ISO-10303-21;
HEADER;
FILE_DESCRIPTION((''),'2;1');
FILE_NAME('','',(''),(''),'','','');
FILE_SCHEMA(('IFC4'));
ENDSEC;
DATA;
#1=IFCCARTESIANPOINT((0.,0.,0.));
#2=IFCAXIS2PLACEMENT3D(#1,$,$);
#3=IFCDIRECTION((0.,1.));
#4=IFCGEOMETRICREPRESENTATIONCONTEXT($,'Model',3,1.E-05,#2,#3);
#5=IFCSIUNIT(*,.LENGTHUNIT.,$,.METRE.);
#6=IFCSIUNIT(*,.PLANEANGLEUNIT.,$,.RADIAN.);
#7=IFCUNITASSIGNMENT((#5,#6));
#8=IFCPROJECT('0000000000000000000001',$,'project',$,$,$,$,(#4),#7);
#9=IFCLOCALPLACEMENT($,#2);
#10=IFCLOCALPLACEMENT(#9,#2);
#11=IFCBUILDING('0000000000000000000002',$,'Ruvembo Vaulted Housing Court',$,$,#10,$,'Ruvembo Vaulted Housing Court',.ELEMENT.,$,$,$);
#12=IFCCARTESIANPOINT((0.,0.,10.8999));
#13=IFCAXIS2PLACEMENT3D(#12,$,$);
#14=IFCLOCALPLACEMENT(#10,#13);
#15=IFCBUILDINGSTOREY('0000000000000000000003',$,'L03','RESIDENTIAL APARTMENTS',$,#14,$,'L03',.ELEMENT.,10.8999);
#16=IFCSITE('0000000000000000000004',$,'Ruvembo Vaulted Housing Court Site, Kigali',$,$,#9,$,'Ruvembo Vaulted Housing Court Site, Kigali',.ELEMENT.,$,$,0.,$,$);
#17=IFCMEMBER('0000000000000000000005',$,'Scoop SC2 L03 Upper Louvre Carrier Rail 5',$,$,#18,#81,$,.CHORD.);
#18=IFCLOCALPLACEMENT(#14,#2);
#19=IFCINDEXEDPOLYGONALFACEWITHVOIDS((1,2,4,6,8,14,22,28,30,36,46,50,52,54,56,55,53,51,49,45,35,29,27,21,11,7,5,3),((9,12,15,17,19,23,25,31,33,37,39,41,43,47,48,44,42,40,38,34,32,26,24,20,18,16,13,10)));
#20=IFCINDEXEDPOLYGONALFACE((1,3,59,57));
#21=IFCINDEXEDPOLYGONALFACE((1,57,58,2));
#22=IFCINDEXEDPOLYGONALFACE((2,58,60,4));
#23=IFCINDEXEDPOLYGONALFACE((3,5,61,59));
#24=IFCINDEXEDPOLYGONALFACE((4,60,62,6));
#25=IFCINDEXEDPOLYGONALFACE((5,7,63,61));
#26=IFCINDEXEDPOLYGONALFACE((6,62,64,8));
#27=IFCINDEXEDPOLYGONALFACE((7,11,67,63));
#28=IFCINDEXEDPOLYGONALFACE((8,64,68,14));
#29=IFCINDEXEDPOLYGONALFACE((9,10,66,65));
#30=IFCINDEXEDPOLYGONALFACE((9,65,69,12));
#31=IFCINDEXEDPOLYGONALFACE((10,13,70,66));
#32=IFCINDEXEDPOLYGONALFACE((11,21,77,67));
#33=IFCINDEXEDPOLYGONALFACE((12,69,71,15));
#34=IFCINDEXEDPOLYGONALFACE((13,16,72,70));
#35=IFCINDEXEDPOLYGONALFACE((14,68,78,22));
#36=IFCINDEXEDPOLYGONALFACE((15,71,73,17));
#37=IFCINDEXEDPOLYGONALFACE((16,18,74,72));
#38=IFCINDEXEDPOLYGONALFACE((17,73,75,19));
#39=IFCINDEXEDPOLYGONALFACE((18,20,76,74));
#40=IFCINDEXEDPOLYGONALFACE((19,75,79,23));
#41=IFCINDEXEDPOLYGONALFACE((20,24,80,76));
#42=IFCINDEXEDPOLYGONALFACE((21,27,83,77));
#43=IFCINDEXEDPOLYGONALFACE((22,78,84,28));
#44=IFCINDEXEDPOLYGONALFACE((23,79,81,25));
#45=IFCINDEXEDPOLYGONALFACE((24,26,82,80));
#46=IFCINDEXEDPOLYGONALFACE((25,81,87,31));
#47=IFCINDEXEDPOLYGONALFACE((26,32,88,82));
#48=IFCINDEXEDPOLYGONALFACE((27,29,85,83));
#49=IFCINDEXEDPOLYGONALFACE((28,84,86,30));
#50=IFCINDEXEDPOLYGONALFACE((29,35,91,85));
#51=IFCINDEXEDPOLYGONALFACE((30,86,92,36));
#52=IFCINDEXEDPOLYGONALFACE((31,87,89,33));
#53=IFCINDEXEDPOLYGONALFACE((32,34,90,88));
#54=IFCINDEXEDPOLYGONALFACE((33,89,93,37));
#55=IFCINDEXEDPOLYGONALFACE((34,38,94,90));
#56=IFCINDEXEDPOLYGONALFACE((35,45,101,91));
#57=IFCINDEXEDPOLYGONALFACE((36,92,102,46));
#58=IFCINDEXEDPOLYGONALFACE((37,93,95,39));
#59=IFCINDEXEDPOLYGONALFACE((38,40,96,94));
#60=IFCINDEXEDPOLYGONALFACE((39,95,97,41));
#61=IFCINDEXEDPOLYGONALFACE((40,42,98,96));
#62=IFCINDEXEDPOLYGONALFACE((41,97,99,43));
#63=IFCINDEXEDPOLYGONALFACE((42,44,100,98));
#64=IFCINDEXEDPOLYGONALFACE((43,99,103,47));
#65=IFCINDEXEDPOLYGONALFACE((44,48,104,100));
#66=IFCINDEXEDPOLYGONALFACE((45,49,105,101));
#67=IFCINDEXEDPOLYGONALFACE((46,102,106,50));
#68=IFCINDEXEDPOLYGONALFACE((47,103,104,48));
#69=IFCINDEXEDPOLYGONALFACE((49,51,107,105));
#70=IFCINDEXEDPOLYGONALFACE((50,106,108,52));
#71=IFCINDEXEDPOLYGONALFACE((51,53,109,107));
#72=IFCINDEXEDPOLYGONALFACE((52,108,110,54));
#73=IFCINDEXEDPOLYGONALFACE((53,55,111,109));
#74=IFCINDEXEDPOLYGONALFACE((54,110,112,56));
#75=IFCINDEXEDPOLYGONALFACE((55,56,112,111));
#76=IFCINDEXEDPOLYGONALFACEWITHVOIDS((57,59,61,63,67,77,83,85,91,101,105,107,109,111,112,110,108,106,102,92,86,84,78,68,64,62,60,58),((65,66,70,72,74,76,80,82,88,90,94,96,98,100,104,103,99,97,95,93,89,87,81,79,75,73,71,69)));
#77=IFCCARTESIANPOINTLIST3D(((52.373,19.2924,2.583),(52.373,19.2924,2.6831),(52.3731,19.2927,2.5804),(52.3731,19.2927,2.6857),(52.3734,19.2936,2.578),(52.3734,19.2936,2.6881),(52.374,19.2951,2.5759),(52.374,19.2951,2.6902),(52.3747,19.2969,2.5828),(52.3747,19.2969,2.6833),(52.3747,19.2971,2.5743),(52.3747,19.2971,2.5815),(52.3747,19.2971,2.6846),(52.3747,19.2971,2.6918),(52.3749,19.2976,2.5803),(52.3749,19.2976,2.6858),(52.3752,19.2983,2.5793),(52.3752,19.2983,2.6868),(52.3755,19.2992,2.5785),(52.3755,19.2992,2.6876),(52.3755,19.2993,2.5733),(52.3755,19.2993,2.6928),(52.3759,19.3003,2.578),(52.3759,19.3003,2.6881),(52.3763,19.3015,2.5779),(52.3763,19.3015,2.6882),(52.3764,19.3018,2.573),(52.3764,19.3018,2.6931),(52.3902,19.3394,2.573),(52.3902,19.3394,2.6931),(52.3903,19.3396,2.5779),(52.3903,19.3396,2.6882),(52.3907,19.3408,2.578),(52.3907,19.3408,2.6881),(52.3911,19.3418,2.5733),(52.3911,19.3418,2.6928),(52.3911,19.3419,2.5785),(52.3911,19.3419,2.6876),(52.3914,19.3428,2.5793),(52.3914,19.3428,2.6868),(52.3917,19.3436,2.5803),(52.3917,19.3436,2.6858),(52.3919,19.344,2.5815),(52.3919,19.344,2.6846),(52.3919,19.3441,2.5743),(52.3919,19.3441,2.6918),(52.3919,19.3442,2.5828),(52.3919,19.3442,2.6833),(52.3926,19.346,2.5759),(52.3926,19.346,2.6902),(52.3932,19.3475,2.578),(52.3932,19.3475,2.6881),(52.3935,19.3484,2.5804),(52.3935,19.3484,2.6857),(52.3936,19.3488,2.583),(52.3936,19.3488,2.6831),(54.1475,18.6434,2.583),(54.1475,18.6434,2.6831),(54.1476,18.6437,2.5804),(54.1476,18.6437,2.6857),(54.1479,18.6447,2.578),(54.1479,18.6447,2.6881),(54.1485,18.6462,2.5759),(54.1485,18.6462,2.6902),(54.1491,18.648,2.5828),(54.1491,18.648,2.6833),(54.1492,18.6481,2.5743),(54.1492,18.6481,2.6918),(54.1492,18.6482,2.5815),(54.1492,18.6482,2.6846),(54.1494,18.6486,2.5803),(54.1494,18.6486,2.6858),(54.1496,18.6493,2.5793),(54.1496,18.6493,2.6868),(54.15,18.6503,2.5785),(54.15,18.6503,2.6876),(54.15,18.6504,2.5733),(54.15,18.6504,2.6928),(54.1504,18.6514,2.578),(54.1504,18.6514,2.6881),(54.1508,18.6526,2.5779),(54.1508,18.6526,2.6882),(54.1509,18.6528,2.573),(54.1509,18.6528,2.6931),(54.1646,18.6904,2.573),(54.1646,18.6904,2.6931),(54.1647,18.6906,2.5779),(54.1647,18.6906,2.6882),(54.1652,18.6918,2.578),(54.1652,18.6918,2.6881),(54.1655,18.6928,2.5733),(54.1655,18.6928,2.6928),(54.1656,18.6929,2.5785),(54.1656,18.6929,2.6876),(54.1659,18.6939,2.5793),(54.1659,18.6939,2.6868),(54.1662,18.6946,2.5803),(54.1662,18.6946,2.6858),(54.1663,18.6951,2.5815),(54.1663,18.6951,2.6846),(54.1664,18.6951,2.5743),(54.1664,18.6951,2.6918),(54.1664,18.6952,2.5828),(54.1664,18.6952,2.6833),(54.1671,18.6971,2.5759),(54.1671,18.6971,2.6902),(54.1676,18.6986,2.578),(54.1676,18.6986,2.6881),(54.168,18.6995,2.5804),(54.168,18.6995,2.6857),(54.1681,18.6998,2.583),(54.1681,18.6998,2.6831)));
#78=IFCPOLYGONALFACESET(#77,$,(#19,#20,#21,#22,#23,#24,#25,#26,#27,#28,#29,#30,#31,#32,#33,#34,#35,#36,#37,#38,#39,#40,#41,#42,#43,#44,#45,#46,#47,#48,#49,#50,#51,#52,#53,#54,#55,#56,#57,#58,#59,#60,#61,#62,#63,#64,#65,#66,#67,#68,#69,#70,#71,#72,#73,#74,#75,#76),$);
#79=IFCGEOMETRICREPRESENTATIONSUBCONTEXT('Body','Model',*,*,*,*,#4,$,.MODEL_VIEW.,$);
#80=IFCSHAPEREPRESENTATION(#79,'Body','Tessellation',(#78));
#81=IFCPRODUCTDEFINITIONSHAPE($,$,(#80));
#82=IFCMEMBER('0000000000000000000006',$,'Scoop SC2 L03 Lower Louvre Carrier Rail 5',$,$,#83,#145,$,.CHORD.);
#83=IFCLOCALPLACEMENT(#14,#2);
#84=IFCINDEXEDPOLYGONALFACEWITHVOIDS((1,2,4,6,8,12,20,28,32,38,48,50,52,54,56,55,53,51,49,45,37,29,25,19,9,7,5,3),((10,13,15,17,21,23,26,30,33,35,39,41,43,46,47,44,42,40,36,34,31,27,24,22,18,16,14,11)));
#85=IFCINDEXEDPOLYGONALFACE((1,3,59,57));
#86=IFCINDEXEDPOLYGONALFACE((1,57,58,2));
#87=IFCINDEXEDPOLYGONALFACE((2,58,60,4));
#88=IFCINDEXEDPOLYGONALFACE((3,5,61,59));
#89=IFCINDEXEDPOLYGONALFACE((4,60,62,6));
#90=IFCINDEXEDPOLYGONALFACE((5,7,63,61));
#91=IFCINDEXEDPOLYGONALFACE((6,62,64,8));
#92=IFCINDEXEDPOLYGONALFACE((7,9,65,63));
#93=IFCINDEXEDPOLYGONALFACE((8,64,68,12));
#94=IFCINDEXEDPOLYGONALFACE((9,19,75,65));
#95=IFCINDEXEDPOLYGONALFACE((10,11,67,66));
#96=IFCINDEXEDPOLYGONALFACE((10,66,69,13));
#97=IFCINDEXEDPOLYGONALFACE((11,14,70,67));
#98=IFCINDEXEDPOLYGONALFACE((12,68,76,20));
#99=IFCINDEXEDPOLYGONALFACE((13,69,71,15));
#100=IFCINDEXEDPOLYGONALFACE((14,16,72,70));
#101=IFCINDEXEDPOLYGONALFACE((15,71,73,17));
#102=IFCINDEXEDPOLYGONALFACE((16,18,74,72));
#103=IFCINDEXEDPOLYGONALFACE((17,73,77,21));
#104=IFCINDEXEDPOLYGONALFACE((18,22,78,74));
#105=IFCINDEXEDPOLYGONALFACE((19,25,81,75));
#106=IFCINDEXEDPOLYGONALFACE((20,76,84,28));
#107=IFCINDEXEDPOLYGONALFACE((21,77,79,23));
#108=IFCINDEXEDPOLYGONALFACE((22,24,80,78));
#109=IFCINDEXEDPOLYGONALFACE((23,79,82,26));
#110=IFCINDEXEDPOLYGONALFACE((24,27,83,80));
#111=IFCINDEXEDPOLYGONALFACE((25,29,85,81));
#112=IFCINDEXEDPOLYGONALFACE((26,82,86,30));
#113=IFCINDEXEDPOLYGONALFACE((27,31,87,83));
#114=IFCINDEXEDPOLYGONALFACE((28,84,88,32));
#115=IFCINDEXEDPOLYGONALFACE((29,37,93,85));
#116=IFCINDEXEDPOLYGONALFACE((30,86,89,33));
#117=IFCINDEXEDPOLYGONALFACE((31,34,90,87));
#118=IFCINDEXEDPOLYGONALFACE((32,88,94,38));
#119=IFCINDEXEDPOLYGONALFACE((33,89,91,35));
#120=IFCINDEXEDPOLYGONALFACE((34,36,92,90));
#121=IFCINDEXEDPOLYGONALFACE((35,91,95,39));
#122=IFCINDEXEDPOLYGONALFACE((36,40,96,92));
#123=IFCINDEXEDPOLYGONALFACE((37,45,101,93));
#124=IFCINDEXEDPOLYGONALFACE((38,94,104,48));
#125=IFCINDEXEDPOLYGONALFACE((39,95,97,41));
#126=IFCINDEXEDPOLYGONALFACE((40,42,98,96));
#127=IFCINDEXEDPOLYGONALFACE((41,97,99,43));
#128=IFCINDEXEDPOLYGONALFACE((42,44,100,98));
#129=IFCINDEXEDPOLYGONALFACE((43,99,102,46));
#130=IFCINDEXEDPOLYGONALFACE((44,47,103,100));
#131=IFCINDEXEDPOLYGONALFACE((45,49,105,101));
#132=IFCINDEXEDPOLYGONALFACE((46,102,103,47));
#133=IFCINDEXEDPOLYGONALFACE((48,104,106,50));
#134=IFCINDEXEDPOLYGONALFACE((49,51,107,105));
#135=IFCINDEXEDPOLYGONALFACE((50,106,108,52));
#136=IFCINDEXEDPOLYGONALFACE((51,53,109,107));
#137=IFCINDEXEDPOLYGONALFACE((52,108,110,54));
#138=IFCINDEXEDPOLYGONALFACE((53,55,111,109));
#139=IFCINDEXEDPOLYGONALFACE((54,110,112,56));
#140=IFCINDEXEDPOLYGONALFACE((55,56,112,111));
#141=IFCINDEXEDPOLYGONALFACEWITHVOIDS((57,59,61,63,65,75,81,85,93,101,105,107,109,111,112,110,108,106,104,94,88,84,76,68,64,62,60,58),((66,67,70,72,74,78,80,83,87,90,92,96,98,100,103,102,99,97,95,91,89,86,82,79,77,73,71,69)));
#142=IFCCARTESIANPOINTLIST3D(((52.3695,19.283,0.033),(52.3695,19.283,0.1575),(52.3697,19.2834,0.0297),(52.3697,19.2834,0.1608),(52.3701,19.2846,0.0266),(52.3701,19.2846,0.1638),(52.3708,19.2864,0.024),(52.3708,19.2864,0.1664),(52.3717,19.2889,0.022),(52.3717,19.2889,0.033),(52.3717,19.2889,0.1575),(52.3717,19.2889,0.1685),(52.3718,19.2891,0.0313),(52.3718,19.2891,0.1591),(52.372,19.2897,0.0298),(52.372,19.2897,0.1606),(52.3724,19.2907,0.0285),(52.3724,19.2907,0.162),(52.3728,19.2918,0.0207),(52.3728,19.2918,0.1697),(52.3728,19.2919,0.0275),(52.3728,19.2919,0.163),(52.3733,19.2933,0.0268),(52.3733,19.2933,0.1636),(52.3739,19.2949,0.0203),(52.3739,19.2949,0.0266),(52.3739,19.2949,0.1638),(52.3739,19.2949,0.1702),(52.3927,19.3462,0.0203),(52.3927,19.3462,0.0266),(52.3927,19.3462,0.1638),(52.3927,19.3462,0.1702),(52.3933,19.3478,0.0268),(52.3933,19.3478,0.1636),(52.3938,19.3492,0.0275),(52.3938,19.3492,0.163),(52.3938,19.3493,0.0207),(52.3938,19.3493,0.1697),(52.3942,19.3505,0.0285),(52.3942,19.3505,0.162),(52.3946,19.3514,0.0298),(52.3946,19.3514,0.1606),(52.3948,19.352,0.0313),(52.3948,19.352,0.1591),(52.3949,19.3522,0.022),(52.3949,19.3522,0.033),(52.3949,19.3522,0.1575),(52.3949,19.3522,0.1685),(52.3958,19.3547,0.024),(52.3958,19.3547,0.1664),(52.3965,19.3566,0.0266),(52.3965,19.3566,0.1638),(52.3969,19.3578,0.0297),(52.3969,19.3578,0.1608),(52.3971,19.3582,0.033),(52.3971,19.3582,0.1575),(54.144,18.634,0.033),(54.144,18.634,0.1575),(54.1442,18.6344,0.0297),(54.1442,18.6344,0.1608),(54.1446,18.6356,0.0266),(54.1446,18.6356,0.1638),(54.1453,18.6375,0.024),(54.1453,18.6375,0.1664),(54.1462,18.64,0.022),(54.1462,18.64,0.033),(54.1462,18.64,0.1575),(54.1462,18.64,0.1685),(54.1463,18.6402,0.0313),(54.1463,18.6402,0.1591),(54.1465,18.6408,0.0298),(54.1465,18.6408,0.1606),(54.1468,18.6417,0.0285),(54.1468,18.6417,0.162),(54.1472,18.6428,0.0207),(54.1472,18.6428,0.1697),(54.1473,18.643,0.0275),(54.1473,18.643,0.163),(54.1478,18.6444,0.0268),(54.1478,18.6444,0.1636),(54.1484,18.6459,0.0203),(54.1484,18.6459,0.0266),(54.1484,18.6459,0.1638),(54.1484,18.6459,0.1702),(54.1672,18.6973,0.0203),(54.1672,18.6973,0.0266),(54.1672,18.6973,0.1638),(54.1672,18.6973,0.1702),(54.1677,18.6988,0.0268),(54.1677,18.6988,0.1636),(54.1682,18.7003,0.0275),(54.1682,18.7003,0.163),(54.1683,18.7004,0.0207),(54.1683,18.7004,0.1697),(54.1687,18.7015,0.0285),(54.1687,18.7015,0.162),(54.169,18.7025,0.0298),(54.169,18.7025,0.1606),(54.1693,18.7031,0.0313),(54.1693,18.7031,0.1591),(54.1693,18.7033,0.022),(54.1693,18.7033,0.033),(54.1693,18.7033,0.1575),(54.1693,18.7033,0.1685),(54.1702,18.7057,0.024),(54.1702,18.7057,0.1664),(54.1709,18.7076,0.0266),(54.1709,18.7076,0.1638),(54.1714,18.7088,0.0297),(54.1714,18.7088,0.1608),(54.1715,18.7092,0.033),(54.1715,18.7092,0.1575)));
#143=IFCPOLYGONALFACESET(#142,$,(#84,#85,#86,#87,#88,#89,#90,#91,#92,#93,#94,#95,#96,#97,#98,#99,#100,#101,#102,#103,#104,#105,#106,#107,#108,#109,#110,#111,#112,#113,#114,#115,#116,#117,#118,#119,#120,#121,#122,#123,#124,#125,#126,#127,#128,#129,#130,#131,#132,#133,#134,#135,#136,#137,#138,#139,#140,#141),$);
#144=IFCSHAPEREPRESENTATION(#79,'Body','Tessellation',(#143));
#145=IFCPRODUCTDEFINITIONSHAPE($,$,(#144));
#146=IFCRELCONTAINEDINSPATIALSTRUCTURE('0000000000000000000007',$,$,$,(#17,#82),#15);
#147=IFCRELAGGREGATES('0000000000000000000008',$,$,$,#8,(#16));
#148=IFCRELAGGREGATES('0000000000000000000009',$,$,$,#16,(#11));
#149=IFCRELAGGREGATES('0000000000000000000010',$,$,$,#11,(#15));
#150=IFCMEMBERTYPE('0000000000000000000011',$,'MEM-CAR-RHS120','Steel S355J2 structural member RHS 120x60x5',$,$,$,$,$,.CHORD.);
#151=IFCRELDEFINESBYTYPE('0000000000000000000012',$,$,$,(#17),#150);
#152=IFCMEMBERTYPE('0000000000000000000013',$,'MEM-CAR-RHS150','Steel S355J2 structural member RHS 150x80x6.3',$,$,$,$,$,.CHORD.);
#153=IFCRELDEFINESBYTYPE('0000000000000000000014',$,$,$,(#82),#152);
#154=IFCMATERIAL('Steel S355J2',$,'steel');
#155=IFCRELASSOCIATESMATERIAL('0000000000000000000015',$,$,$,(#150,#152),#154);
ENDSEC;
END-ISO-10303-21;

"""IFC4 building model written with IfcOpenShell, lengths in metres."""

from ifc_helpers import new_model, si_unit, direction, frame, origin, origin_2d, place, context, subcontext, project, spatial, hollow_rectangle, extrude, material, material_profile, profile_set, type_object, element, save


model = new_model("IFC4")

# Units and contexts
model_context = context("Model", 3, precision=1e-05, world=origin(), true_north=direction((0.0, 1.0)))
body_context = subcontext(model_context, "Body", "Model", "MODEL_VIEW")
ifc_project = project(units=[si_unit("LENGTHUNIT", "METRE"), si_unit("PLANEANGLEUNIT", "RADIAN")], contexts=[model_context])

# Site, building, storey
site_placement = place(None, origin())
site = spatial("IfcSite", under=ifc_project, at=site_placement, Name="Ruvembo Vaulted Housing Court Site, Kigali", LongName="Ruvembo Vaulted Housing Court Site, Kigali", CompositionType="ELEMENT", RefElevation=0.0)
building_placement = place(site_placement, origin())
building = spatial("IfcBuilding", under=site, at=building_placement, Name="Ruvembo Vaulted Housing Court", LongName="Ruvembo Vaulted Housing Court", CompositionType="ELEMENT")
storey_placement = place(building_placement, frame((0.0, 0.0, 10.8999)))
storey = spatial("IfcBuildingStorey", under=building, at=storey_placement, Name="L03", Description="RESIDENTIAL APARTMENTS", LongName="L03", CompositionType="ELEMENT", Elevation=10.8999)

# Shared definitions
ifc_material_1 = material(Name="Steel S355J2", Category="steel")

# Members
ifc_material_profile_1 = material_profile(ifc_material_1, hollow_rectangle(XDim=0.0601, YDim=0.1201, WallThickness=0.0049, InnerFilletRadius=0.0049, OuterFilletRadius=0.01, at=origin_2d()), Name="RHS 120x60x5")
ifc_profile_set_1 = profile_set([ifc_material_profile_1], Name="Steel S355J2")
member_type_1 = type_object("IfcMemberType", Name="MEM-CAR-RHS120", Description="Steel S355J2 structural member RHS 120x60x5", PredefinedType="CHORD", material=ifc_profile_set_1)
member_1_placement = place(storey_placement, frame((52.3833, 19.3206, 2.6331), z_axis=(0.939166, -0.343465, 0.0), x_axis=(0.343465, 0.939166, 0.0)))
element("IfcMember", 1, at=member_1_placement, inside=storey, type_object=member_type_1, Name="Scoop SC2 L03 Upper Louvre Carrier Rail 5", PredefinedType="CHORD", context=body_context, shape_type="SweptSolid", body=[
    extrude(hollow_rectangle(XDim=0.0601, YDim=0.1201, WallThickness=0.0049, InnerFilletRadius=0.0049, OuterFilletRadius=0.01, at=origin_2d()), origin(), (0.0, 0.0, 1.0), 1.8894),
])
ifc_material_profile_2 = material_profile(ifc_material_1, hollow_rectangle(XDim=0.0801, YDim=0.1499, WallThickness=0.0063, InnerFilletRadius=0.0063, OuterFilletRadius=0.0127, at=origin_2d()), Name="RHS 150x80x6.3")
ifc_profile_set_2 = profile_set([ifc_material_profile_2], Name="Steel S355J2")
member_type_2 = type_object("IfcMemberType", Name="MEM-CAR-RHS150", Description="Steel S355J2 structural member RHS 150x80x6.3", PredefinedType="CHORD", material=ifc_profile_set_2)
member_2_placement = place(storey_placement, frame((52.3833, 19.3206, 0.0952), z_axis=(0.939166, -0.343465, 0.0), x_axis=(0.343465, 0.939166, 0.0)))
element("IfcMember", 2, at=member_2_placement, inside=storey, type_object=member_type_2, Name="Scoop SC2 L03 Lower Louvre Carrier Rail 5", PredefinedType="CHORD", context=body_context, shape_type="SweptSolid", body=[
    extrude(hollow_rectangle(XDim=0.0801, YDim=0.1499, WallThickness=0.0063, InnerFilletRadius=0.0063, OuterFilletRadius=0.0127, at=origin_2d()), origin(), (0.0, 0.0, 1.0), 1.8894),
])

save(model, "model.ifc")
